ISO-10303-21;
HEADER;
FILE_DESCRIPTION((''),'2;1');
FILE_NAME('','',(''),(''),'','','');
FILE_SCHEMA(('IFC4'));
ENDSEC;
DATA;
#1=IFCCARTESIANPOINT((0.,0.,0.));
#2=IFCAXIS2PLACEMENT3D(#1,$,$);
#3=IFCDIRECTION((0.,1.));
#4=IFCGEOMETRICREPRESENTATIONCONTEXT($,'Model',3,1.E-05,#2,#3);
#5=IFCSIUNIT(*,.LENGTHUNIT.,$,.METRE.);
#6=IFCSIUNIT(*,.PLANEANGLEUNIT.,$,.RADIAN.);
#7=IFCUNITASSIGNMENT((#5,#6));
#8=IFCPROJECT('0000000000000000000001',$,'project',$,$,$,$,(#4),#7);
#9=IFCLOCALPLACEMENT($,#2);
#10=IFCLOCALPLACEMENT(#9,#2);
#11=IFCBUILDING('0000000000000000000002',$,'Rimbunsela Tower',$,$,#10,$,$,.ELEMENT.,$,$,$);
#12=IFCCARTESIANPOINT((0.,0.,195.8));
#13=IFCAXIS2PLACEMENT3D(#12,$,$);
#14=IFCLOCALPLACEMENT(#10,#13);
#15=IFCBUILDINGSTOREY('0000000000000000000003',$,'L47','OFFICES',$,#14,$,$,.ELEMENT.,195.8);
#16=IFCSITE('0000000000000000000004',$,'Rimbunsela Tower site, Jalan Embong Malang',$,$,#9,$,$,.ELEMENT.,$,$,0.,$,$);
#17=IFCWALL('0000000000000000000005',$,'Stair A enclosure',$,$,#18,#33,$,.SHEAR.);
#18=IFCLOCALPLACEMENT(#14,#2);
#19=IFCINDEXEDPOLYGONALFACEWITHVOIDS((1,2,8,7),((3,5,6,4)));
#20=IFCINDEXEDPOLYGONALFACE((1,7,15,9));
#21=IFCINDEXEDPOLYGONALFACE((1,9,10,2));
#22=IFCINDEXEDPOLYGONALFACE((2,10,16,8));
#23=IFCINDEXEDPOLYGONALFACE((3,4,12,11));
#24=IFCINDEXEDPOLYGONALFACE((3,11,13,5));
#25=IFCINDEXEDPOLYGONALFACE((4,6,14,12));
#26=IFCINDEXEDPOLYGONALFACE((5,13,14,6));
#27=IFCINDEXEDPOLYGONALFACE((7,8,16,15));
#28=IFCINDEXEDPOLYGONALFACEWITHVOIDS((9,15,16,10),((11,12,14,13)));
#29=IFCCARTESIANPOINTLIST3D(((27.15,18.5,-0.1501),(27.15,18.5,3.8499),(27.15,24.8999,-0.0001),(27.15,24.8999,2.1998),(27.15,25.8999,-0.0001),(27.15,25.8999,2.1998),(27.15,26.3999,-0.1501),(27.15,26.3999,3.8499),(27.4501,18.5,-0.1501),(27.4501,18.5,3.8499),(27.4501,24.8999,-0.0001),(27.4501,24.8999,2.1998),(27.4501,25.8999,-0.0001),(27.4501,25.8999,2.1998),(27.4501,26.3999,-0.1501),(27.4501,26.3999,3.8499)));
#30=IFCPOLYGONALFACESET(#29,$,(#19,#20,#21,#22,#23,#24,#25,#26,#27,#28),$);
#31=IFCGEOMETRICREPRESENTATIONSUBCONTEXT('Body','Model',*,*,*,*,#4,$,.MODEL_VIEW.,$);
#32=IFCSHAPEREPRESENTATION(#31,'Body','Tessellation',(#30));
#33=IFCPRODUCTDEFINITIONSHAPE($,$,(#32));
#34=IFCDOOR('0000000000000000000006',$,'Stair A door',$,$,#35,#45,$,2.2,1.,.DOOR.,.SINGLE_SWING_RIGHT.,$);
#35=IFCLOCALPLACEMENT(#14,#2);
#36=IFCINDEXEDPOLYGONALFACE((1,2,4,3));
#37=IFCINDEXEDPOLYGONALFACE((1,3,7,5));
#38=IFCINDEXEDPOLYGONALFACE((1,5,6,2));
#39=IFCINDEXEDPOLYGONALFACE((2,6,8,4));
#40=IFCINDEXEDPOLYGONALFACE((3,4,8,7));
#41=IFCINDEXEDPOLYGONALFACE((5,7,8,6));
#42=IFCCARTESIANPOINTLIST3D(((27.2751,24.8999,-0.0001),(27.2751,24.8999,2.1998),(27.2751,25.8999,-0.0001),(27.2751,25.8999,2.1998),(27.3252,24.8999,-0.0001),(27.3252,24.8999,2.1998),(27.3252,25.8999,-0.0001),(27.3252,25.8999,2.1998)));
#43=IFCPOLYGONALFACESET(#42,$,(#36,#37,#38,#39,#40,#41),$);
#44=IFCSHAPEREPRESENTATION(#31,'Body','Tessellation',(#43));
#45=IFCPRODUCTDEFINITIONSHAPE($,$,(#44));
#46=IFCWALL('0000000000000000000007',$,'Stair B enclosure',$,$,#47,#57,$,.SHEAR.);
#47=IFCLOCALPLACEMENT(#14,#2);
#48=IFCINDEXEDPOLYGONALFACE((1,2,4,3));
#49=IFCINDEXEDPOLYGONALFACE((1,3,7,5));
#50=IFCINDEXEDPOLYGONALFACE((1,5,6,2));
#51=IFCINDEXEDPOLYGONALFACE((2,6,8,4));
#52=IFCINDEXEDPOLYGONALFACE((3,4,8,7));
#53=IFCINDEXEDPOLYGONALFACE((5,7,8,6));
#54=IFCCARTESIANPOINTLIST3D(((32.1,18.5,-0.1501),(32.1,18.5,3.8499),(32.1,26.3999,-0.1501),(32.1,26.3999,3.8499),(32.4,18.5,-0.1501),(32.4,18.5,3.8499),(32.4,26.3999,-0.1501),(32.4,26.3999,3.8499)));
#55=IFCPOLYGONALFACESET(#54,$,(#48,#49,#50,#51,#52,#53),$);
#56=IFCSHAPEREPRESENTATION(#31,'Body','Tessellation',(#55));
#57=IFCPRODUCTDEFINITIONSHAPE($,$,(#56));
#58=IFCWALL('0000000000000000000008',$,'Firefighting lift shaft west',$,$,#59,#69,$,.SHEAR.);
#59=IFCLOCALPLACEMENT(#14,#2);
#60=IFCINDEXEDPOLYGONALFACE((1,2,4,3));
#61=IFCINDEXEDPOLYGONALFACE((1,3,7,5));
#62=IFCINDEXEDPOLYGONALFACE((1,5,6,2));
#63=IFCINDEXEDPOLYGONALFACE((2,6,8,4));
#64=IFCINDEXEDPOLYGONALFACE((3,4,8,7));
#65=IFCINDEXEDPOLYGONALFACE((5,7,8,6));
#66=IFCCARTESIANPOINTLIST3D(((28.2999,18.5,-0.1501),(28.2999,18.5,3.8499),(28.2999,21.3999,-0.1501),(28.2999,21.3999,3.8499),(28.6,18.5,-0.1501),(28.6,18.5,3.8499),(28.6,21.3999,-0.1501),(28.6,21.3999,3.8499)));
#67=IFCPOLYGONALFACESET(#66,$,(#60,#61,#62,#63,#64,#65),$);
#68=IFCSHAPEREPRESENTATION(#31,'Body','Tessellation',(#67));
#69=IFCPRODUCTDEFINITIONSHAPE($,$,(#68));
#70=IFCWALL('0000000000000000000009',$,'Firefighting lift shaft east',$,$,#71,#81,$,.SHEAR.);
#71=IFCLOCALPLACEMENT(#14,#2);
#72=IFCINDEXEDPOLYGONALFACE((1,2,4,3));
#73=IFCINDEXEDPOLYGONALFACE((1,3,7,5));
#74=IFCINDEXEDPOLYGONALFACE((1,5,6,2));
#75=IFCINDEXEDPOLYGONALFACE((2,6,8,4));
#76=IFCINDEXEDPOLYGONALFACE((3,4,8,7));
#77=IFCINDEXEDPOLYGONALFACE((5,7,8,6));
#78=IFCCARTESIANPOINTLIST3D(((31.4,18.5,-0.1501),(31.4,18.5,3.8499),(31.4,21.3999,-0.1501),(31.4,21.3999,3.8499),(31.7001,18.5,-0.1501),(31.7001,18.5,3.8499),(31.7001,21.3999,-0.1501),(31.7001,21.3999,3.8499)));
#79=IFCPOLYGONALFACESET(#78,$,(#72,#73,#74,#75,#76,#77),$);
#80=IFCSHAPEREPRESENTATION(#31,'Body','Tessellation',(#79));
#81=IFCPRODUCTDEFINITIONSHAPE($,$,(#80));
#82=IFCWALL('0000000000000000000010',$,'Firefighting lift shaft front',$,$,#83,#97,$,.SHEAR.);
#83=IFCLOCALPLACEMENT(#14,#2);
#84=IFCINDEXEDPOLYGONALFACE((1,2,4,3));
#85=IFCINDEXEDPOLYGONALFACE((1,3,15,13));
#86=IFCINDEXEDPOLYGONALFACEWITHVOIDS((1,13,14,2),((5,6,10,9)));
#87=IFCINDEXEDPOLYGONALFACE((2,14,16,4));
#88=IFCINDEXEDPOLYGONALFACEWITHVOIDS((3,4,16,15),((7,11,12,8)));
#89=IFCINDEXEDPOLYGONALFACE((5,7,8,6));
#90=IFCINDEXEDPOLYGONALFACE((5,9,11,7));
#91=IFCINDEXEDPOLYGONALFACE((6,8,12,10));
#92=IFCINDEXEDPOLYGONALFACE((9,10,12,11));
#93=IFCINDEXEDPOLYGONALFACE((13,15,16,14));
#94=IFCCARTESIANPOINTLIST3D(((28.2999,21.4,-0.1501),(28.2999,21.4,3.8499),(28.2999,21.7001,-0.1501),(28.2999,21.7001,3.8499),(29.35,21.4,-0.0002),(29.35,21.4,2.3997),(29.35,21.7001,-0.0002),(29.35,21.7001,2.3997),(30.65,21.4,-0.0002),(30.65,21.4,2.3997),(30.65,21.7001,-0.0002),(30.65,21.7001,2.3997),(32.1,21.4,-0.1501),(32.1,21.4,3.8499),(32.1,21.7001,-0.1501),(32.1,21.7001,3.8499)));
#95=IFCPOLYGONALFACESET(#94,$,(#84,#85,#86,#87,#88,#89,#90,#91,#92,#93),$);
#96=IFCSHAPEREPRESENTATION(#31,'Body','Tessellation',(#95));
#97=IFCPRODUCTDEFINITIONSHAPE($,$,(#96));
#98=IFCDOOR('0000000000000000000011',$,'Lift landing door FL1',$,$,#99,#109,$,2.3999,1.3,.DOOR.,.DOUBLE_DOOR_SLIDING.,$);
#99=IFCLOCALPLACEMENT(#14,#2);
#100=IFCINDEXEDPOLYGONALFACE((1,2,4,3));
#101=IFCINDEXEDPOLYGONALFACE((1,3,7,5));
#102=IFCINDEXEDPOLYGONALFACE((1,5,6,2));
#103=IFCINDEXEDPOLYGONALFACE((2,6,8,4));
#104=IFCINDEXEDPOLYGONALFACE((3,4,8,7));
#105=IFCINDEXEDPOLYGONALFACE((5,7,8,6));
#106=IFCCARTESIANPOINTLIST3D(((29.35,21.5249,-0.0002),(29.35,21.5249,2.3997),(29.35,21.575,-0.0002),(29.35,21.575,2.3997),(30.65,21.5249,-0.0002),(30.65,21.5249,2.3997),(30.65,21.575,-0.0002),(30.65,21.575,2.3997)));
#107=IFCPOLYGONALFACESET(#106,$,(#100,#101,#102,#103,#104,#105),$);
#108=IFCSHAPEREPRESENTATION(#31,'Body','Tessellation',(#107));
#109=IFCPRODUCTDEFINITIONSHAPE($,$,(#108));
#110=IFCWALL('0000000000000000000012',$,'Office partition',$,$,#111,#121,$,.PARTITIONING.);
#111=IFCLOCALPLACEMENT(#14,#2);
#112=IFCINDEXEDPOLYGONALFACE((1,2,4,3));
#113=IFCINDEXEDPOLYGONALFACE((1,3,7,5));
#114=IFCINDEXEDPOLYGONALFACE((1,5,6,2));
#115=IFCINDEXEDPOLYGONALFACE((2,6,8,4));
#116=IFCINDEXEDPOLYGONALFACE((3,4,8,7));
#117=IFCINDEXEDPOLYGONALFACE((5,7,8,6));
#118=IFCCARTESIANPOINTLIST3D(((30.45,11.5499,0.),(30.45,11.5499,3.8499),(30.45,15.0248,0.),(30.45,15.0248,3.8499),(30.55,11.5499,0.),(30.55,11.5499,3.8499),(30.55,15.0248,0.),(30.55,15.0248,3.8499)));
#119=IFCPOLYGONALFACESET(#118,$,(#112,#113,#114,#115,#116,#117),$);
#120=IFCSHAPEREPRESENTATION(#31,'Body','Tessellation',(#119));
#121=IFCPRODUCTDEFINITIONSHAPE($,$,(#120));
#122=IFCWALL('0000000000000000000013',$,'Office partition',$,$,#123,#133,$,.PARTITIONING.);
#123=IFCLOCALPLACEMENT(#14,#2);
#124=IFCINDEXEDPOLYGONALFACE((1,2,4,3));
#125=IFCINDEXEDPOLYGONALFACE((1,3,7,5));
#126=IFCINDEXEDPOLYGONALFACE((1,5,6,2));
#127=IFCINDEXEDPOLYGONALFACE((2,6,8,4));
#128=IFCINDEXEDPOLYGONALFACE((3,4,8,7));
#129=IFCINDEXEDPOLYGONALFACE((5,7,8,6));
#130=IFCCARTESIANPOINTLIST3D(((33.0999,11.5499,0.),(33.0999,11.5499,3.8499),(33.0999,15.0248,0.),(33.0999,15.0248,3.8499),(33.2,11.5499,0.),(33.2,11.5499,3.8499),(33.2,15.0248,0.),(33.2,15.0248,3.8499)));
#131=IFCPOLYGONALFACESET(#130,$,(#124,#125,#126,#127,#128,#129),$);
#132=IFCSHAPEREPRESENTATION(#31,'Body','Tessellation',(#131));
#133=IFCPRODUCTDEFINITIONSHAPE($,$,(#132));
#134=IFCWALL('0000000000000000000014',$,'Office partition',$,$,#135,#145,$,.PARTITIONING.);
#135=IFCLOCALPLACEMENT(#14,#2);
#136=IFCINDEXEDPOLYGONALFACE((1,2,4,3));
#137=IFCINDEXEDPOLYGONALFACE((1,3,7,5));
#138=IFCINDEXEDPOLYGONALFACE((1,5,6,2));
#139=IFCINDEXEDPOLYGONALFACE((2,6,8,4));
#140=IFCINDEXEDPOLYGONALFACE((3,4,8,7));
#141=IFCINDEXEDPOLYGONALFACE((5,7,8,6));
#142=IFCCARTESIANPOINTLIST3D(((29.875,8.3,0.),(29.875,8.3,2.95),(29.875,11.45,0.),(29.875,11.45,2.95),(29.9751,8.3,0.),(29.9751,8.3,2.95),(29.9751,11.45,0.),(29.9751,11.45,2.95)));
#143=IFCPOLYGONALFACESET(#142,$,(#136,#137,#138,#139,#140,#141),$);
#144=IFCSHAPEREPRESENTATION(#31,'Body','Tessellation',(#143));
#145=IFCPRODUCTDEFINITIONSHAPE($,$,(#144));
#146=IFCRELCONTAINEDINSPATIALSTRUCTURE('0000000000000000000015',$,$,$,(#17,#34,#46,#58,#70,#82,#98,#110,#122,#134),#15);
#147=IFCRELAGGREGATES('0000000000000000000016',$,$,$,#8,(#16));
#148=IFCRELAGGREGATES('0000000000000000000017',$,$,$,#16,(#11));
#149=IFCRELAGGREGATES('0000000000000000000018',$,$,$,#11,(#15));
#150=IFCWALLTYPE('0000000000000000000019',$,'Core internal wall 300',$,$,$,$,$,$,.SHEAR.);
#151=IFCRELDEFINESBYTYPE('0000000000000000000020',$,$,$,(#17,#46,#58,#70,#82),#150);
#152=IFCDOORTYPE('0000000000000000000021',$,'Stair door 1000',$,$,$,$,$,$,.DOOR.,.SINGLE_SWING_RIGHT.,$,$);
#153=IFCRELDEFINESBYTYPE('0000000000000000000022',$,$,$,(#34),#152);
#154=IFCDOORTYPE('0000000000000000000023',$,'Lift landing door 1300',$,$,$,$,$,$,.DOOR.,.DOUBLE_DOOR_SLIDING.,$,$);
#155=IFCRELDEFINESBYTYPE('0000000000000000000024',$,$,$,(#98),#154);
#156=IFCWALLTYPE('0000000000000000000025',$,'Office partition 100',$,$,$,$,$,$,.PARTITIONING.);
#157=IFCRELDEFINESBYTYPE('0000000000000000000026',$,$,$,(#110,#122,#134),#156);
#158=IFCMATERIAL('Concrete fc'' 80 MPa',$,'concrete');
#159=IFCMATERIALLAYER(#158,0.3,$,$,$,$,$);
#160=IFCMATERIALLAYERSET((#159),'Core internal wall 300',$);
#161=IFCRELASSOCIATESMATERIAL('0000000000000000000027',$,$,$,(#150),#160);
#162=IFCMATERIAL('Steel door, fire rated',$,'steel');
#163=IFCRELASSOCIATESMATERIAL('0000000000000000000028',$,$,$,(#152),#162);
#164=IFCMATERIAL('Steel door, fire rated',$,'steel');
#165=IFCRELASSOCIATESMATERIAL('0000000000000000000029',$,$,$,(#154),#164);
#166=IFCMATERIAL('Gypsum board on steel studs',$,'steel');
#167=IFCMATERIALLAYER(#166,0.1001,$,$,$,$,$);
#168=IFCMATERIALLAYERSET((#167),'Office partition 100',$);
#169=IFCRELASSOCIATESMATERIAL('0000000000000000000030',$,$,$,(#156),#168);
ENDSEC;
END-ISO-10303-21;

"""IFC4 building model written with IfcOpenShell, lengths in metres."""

from ifc_helpers import new_model, si_unit, direction, frame, frame_2d, origin, place, context, subcontext, project, spatial, rectangle, extrude, material, layer, layer_set, type_object, element, fill, save


model = new_model("IFC4")

# Units and contexts
model_context = context("Model", 3, precision=1e-05, world=origin(), true_north=direction((0.0, 1.0)))
body_context = subcontext(model_context, "Body", "Model", "MODEL_VIEW")
ifc_project = project(units=[si_unit("LENGTHUNIT", "METRE"), si_unit("PLANEANGLEUNIT", "RADIAN")], contexts=[model_context])

# Site, building, storey
site_placement = place(None, origin())
site = spatial("IfcSite", under=ifc_project, at=site_placement, Name="Rimbunsela Tower site, Jalan Embong Malang", CompositionType="ELEMENT", RefElevation=0.0)
building_placement = place(site_placement, origin())
building = spatial("IfcBuilding", under=site, at=building_placement, Name="Rimbunsela Tower", CompositionType="ELEMENT")
storey_placement = place(building_placement, frame((0.0, 0.0, 195.8)))
storey = spatial("IfcBuildingStorey", under=building, at=storey_placement, Name="L47", Description="OFFICES", CompositionType="ELEMENT", Elevation=195.8)

# Wall, opening, door
ifc_material_1 = material(Name="Concrete fc' 80 MPa", Category="concrete")
ifc_layer_1 = layer(ifc_material_1, 0.3)
ifc_layer_set_1 = layer_set([ifc_layer_1], Name="Core internal wall 300")
wall_type_1 = type_object("IfcWallType", Name="Core internal wall 300", PredefinedType="SHEAR", material=ifc_layer_set_1)
wall_1_placement = place(storey_placement, frame((27.3, 18.5, -0.1501), z_axis=(0.0, 0.0, 1.0), x_axis=(0.0, 1.0, 0.0)))
wall_1 = element("IfcWall", 1, at=wall_1_placement, inside=storey, type_object=wall_type_1, Name="Stair A enclosure", PredefinedType="SHEAR", context=body_context, shape_type="SweptSolid", body=[
    extrude(rectangle(XDim=7.8999, YDim=0.3, at=frame_2d((3.95, 0.0))), origin(), (0.0, 0.0, 1.0), 4.0),
])
opening_1_placement = place(wall_1_placement, frame((6.3999, 0.0, 0.1499)))
opening_1 = element("IfcOpeningElement", 2, at=opening_1_placement, cuts=wall_1, PredefinedType="OPENING", context=body_context, shape_type="SweptSolid", body=[
    extrude(rectangle(XDim=1.0, YDim=2.2, at=frame_2d((0.5, 1.1001))), frame((0.0, 0.1599, 0.0), z_axis=(0.0, -1.0, 0.0), x_axis=(1.0, 0.0, 0.0)), (0.0, 0.0, 1.0), 0.3201),
])
ifc_material_2 = material(Name="Steel door, fire rated", Category="steel")
door_type_1 = type_object("IfcDoorType", Name="Stair door 1000", OperationType="SINGLE_SWING_RIGHT", PredefinedType="DOOR", material=ifc_material_2)
door_1_placement = place(opening_1_placement, origin())
door_1 = element("IfcDoor", 3, at=door_1_placement, inside=storey, type_object=door_type_1, Name="Stair A door", OperationType="SINGLE_SWING_RIGHT", OverallHeight=2.2, OverallWidth=1.0, PredefinedType="DOOR", context=body_context, shape_type="SweptSolid", body=[
    extrude(rectangle(XDim=1.0, YDim=2.2, at=frame_2d((0.5, 1.1001))), frame((0.0, 0.0249, 0.0), z_axis=(0.0, -1.0, 0.0), x_axis=(1.0, 0.0, 0.0)), (0.0, 0.0, 1.0), 0.05),
])
fill(opening_1, door_1)

# Walls
wall_2_placement = place(storey_placement, frame((32.25, 18.5, -0.1501), z_axis=(0.0, 0.0, 1.0), x_axis=(0.0, 1.0, 0.0)))
element("IfcWall", 4, at=wall_2_placement, inside=storey, type_object=wall_type_1, Name="Stair B enclosure", PredefinedType="SHEAR", context=body_context, shape_type="SweptSolid", body=[
    extrude(rectangle(XDim=7.8999, YDim=0.3, at=frame_2d((3.95, 0.0))), origin(), (0.0, 0.0, 1.0), 4.0),
])
for number, where, z_axis, x_axis, name in (
    (5, (28.45, 18.5, -0.1501), (0.0, 0.0, 1.0), (0.0, 1.0, 0.0), "Firefighting lift shaft west"),
    (6, (31.55, 18.5, -0.1501), (0.0, 0.0, 1.0), (0.0, 1.0, 0.0), "Firefighting lift shaft east"),
):
    element("IfcWall", number, at=place(storey_placement, frame(where, z_axis=z_axis, x_axis=x_axis)), inside=storey, type_object=wall_type_1, Name=name, PredefinedType="SHEAR", context=body_context, shape_type="SweptSolid", body=[
        extrude(rectangle(XDim=2.8999, YDim=0.3, at=frame_2d((1.45, 0.0))), origin(), (0.0, 0.0, 1.0), 4.0),
    ])

# Wall, opening, door
wall_3_placement = place(storey_placement, frame((28.3, 21.55, -0.1501), z_axis=(0.0, 0.0, 1.0), x_axis=(1.0, 0.0, 0.0)))
wall_3 = element("IfcWall", 7, at=wall_3_placement, inside=storey, type_object=wall_type_1, Name="Firefighting lift shaft front", PredefinedType="SHEAR", context=body_context, shape_type="SweptSolid", body=[
    extrude(rectangle(XDim=3.8, YDim=0.3, at=frame_2d((1.8999, 0.0))), origin(), (0.0, 0.0, 1.0), 4.0),
])
opening_2_placement = place(wall_3_placement, frame((1.05, 0.0, 0.1499)))
opening_2 = element("IfcOpeningElement", 8, at=opening_2_placement, cuts=wall_3, PredefinedType="OPENING", context=body_context, shape_type="SweptSolid", body=[
    extrude(rectangle(XDim=1.3, YDim=2.3999, at=frame_2d((0.6499, 1.2))), frame((0.0, 0.1599, 0.0), z_axis=(0.0, -1.0, 0.0), x_axis=(1.0, 0.0, 0.0)), (0.0, 0.0, 1.0), 0.3201),
])
ifc_material_3 = material(Name="Steel door, fire rated", Category="steel")
door_type_2 = type_object("IfcDoorType", Name="Lift landing door 1300", OperationType="DOUBLE_DOOR_SLIDING", PredefinedType="DOOR", material=ifc_material_3)
door_2_placement = place(opening_2_placement, origin())
door_2 = element("IfcDoor", 9, at=door_2_placement, inside=storey, type_object=door_type_2, Name="Lift landing door FL1", OperationType="DOUBLE_DOOR_SLIDING", OverallHeight=2.3999, OverallWidth=1.3, PredefinedType="DOOR", context=body_context, shape_type="SweptSolid", body=[
    extrude(rectangle(XDim=1.3, YDim=2.3999, at=frame_2d((0.6499, 1.2))), frame((0.0, 0.0249, 0.0), z_axis=(0.0, -1.0, 0.0), x_axis=(1.0, 0.0, 0.0)), (0.0, 0.0, 1.0), 0.05),
])
fill(opening_2, door_2)

# Walls
ifc_material_4 = material(Name="Gypsum board on steel studs", Category="steel")
ifc_layer_2 = layer(ifc_material_4, 0.1001)
ifc_layer_set_2 = layer_set([ifc_layer_2], Name="Office partition 100")
wall_type_2 = type_object("IfcWallType", Name="Office partition 100", PredefinedType="PARTITIONING", material=ifc_layer_set_2)
for number, where, z_axis, x_axis, name in (
    (10, (30.5, 11.55, 0.0), (0.0, 0.0, 1.0), (0.0, 1.0, 0.0), "Office partition"),
    (11, (33.1499, 11.55, 0.0), (0.0, 0.0, 1.0), (0.0, 1.0, 0.0), "Office partition"),
):
    element("IfcWall", number, at=place(storey_placement, frame(where, z_axis=z_axis, x_axis=x_axis)), inside=storey, type_object=wall_type_2, Name=name, PredefinedType="PARTITIONING", context=body_context, shape_type="SweptSolid", body=[
        extrude(rectangle(XDim=3.4749, YDim=0.1001, at=frame_2d((1.7373, 0.0))), origin(), (0.0, 0.0, 1.0), 3.8499),
    ])
wall_4_placement = place(storey_placement, frame((29.925, 11.45, 0.0), z_axis=(0.0, 0.0, 1.0), x_axis=(0.0, -1.0, 0.0)))
element("IfcWall", 12, at=wall_4_placement, inside=storey, type_object=wall_type_2, Name="Office partition", PredefinedType="PARTITIONING", context=body_context, shape_type="SweptSolid", body=[
    extrude(rectangle(XDim=3.1499, YDim=0.1001, at=frame_2d((1.575, 0.0))), origin(), (0.0, 0.0, 1.0), 2.95),
])

save(model, "model.ifc")
